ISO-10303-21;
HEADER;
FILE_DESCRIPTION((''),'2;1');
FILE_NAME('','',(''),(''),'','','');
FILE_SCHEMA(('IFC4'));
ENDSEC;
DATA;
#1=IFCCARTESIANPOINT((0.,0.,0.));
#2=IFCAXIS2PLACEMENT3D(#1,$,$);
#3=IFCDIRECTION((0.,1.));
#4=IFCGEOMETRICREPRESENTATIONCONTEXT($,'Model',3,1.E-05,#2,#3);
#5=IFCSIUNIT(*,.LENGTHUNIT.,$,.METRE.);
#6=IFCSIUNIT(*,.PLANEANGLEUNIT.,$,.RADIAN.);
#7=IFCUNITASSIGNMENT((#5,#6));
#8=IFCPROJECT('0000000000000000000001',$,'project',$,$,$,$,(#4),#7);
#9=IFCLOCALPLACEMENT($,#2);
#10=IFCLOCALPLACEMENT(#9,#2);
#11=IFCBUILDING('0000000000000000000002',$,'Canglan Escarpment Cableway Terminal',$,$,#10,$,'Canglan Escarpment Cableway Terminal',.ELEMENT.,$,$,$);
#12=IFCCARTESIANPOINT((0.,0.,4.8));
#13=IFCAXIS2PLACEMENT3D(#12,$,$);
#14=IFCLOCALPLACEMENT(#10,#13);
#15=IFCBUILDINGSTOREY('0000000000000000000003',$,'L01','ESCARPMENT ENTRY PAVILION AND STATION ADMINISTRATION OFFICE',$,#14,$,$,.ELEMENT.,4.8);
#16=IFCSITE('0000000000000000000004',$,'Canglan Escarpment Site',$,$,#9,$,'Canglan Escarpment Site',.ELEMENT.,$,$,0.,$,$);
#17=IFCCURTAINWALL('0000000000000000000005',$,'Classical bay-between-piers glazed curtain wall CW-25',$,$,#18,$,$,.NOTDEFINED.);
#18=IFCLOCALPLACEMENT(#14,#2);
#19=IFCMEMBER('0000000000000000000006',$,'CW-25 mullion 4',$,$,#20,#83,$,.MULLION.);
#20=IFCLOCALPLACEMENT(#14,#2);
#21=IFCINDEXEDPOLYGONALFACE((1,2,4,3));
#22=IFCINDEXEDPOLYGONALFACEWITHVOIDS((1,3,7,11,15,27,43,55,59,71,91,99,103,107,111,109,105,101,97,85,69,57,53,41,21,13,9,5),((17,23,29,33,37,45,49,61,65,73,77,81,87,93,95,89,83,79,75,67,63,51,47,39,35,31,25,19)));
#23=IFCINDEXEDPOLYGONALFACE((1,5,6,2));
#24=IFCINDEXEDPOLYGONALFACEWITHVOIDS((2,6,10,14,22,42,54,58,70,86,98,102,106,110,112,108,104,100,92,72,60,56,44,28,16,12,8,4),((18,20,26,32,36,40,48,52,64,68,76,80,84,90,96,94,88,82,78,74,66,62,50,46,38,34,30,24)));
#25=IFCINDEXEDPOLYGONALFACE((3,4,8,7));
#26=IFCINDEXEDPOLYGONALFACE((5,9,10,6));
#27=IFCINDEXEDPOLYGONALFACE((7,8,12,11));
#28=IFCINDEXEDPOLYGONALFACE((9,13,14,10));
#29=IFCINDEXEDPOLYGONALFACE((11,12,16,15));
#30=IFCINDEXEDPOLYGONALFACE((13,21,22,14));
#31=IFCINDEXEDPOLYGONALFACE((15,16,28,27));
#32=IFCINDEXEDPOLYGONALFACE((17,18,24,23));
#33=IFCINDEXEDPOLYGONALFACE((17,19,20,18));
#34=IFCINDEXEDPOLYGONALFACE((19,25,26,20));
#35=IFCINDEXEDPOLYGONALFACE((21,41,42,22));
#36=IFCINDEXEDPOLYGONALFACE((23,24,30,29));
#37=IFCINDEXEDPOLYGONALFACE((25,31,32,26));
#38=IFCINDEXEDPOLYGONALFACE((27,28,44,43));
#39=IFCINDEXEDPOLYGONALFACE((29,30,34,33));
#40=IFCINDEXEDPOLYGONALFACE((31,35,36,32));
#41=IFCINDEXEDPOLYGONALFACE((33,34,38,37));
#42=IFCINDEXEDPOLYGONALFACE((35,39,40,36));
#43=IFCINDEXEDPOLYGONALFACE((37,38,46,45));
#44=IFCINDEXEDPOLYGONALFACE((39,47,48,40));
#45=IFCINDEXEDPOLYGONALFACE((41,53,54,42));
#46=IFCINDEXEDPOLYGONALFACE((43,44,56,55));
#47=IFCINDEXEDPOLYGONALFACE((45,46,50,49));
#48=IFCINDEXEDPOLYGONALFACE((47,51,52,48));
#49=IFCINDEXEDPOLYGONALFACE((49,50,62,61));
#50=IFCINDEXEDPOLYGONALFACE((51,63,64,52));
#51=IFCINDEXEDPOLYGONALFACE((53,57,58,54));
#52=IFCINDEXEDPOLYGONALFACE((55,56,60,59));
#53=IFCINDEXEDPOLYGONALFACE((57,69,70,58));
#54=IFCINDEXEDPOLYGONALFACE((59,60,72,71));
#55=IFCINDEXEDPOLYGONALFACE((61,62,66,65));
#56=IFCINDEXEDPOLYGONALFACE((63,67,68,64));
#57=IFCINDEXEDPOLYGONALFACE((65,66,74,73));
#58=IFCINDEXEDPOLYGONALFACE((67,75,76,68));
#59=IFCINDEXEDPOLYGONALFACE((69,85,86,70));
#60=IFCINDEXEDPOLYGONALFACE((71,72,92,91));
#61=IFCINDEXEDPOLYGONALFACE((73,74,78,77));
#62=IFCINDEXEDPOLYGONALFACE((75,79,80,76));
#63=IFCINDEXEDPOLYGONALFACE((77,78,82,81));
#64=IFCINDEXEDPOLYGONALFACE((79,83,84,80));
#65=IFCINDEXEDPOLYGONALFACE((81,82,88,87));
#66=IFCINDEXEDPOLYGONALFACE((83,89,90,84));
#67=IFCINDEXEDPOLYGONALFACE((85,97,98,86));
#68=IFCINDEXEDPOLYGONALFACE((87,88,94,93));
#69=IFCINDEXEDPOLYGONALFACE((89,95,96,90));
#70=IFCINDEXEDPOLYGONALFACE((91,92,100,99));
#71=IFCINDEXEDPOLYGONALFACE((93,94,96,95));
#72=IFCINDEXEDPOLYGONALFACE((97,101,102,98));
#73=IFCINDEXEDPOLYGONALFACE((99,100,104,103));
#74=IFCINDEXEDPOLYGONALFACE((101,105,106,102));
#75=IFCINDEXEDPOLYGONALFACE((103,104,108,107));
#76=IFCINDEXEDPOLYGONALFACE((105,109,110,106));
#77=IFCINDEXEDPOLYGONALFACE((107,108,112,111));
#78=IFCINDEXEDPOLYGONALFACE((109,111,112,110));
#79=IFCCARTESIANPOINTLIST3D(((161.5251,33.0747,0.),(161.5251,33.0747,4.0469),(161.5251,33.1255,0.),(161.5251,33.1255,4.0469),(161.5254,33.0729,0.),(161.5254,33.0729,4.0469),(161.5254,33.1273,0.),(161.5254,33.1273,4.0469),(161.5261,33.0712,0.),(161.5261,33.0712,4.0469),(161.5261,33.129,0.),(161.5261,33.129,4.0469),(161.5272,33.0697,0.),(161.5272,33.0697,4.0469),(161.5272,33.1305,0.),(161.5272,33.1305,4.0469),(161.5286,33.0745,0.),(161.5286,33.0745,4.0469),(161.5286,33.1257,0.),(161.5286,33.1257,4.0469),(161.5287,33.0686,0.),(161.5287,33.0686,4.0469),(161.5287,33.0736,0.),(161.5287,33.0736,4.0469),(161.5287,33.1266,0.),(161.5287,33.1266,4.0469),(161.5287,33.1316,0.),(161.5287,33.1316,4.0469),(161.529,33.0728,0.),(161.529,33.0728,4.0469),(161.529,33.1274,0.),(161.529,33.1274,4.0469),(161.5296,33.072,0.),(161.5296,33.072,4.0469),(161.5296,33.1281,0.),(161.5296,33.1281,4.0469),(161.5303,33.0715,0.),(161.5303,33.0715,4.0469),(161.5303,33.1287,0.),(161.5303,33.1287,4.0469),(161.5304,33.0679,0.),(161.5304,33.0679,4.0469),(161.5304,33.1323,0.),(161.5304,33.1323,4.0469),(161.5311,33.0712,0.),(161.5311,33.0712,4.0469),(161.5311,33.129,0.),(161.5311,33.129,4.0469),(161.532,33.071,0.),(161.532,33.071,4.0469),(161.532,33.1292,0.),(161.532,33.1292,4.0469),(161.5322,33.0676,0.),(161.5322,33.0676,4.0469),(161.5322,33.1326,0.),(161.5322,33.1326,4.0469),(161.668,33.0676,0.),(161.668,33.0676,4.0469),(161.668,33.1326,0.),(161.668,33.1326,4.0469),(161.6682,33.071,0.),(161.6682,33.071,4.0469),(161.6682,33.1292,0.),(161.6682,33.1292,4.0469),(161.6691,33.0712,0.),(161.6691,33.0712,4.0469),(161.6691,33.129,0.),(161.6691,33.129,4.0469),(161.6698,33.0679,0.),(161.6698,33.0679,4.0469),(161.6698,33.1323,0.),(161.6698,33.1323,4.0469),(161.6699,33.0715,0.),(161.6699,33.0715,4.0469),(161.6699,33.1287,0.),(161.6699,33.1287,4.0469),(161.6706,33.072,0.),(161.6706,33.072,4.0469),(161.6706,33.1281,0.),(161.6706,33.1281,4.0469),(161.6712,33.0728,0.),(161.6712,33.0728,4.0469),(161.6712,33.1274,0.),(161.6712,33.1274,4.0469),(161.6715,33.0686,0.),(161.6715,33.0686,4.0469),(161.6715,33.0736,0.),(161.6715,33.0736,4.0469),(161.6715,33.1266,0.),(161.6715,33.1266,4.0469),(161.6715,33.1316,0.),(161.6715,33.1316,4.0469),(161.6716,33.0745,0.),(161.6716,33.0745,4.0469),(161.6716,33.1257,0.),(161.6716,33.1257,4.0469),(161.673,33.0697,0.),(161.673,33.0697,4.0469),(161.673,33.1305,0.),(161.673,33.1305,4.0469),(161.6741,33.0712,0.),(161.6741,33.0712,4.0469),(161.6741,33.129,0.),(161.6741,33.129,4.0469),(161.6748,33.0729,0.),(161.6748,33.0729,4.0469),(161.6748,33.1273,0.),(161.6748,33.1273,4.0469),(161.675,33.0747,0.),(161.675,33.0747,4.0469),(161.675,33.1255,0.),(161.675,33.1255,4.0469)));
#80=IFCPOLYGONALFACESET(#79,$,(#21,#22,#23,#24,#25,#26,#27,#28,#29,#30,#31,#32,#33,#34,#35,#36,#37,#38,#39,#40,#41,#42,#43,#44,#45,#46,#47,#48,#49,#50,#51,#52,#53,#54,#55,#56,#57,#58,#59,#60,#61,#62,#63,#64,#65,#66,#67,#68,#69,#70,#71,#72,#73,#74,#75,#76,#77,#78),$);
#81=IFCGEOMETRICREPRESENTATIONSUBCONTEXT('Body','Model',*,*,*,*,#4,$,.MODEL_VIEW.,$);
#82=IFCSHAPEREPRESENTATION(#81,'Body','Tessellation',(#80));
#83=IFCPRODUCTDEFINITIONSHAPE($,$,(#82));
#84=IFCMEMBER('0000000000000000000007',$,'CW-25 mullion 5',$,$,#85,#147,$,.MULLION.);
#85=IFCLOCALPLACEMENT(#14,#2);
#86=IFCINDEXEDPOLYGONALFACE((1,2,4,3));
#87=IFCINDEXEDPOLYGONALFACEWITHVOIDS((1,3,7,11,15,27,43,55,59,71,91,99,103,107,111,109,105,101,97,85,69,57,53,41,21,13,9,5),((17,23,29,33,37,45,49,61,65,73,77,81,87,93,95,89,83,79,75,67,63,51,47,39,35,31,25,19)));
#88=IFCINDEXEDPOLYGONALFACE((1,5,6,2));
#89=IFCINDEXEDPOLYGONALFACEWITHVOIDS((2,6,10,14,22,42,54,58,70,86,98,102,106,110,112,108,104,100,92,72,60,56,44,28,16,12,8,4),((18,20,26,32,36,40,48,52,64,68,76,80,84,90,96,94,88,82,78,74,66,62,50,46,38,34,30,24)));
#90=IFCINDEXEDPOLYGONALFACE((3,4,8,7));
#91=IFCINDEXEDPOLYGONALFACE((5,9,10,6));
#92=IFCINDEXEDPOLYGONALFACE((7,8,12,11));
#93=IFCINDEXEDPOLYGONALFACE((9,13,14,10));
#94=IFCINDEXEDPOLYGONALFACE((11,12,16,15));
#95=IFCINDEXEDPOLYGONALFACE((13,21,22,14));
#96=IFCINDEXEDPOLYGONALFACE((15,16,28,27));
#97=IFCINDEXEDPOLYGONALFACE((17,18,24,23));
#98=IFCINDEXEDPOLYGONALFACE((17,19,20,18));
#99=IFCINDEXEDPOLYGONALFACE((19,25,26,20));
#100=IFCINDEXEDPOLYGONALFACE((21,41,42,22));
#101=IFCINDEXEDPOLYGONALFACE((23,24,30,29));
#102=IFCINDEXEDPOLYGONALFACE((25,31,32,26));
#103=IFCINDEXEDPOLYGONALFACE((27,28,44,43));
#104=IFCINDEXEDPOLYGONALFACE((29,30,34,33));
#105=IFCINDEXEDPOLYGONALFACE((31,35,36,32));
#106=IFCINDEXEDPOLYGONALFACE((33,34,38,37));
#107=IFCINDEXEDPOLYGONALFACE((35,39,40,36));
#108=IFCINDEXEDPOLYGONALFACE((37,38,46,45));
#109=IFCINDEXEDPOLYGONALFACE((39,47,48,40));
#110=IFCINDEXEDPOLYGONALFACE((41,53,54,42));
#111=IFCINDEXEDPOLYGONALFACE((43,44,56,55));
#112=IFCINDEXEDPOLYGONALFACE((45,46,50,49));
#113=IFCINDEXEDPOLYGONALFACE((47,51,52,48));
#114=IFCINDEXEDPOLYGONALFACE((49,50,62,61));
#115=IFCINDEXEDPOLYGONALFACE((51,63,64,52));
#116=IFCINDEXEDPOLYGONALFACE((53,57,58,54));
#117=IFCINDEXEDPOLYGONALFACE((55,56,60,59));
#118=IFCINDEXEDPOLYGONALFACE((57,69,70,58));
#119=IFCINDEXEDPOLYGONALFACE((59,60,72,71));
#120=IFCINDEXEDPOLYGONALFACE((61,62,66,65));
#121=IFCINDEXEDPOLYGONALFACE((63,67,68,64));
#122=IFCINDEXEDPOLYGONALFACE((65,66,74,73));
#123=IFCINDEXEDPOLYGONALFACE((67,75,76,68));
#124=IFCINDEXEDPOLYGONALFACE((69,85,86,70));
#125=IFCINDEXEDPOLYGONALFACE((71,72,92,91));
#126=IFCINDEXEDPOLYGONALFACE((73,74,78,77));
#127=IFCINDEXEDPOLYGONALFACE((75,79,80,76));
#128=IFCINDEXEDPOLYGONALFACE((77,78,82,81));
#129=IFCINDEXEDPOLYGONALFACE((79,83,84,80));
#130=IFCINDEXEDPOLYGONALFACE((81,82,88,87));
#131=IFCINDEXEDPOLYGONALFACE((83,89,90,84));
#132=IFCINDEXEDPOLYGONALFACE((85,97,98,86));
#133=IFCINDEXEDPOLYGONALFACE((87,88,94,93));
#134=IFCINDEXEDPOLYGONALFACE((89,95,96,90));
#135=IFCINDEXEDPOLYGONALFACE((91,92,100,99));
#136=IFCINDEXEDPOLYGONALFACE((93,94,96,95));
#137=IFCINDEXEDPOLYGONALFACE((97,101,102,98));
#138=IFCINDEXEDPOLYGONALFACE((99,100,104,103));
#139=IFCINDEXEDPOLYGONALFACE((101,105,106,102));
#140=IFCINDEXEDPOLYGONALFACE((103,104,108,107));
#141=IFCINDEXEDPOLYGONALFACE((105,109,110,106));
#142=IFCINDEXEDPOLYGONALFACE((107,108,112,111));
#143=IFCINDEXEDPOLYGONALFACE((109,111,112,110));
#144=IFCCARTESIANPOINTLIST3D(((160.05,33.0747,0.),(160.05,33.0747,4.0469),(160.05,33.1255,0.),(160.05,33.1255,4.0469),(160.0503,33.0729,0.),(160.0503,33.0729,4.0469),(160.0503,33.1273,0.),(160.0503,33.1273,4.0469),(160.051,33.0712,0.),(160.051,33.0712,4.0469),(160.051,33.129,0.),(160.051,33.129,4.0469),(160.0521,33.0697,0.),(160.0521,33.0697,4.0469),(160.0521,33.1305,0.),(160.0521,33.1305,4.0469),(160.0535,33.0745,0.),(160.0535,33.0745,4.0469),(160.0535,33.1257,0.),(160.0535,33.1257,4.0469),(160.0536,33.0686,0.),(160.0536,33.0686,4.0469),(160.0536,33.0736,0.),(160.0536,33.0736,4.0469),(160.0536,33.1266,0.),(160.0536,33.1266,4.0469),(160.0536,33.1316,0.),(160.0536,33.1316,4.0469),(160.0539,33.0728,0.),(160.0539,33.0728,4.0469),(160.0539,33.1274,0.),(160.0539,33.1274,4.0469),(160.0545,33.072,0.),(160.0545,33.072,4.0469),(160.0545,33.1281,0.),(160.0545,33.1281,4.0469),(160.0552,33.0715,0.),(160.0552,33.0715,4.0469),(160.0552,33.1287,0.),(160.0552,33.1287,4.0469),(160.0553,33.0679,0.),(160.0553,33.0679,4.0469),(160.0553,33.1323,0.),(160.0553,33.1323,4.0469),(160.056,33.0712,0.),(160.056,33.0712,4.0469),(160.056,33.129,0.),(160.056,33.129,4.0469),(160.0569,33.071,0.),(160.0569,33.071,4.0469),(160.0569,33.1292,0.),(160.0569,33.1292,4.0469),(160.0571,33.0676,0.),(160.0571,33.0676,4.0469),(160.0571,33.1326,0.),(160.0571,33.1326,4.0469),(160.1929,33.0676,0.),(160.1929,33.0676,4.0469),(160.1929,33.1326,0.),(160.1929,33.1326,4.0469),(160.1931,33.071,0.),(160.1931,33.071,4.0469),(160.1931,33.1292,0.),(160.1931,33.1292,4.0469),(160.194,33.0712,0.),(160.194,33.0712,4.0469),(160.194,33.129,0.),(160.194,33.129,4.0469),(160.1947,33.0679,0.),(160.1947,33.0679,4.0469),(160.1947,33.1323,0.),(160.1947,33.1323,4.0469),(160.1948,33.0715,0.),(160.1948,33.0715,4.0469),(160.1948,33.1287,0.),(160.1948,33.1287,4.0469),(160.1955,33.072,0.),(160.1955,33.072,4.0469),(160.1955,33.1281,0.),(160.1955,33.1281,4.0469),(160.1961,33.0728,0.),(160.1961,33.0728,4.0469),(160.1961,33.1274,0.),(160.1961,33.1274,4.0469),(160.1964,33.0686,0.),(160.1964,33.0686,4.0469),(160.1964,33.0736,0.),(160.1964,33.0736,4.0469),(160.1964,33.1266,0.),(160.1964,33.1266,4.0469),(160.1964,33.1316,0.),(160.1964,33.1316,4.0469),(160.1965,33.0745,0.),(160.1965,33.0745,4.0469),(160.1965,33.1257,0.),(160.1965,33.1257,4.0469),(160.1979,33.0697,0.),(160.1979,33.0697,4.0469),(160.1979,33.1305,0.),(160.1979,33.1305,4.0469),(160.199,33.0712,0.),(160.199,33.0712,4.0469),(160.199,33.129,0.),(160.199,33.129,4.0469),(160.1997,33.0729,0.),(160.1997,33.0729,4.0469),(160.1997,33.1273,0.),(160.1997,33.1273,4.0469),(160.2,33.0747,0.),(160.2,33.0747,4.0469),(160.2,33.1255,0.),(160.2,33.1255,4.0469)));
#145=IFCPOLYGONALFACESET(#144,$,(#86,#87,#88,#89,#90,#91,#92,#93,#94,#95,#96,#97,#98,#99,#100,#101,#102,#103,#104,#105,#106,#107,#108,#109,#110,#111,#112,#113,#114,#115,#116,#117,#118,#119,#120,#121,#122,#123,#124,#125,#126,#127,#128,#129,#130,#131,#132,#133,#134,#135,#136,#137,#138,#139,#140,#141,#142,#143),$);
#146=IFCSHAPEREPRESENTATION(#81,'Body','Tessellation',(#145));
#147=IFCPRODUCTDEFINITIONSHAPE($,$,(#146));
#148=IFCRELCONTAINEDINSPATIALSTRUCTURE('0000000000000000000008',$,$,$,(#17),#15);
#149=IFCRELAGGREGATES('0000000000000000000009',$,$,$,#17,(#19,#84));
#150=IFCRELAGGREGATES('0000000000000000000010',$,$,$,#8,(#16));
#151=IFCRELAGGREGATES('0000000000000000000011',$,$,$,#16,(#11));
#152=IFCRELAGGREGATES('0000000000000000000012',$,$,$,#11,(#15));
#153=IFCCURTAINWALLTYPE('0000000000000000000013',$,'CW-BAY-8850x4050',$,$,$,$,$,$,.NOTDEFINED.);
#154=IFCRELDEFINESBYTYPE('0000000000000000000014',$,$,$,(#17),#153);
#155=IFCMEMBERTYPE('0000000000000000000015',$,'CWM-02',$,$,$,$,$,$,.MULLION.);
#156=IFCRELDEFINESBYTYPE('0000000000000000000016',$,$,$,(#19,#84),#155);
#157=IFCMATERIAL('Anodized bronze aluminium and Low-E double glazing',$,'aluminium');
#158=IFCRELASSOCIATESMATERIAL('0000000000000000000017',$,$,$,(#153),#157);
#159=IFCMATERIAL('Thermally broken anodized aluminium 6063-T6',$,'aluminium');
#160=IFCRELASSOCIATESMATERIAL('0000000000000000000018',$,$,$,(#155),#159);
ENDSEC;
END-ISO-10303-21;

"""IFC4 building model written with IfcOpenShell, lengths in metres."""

from ifc_helpers import new_model, si_unit, direction, frame, origin, origin_2d, place, context, subcontext, project, spatial, hollow_rectangle, extrude, material, material_profile, profile_set, type_object, element, aggregate, save


model = new_model("IFC4")

# Units and contexts
model_context = context("Model", 3, precision=1e-05, world=origin(), true_north=direction((0.0, 1.0)))
body_context = subcontext(model_context, "Body", "Model", "MODEL_VIEW")
ifc_project = project(units=[si_unit("LENGTHUNIT", "METRE"), si_unit("PLANEANGLEUNIT", "RADIAN")], contexts=[model_context])

# Site, building, storey
site_placement = place(None, origin())
site = spatial("IfcSite", under=ifc_project, at=site_placement, Name="Canglan Escarpment Site", LongName="Canglan Escarpment Site", CompositionType="ELEMENT", RefElevation=0.0)
building_placement = place(site_placement, origin())
building = spatial("IfcBuilding", under=site, at=building_placement, Name="Canglan Escarpment Cableway Terminal", LongName="Canglan Escarpment Cableway Terminal", CompositionType="ELEMENT")
storey_placement = place(building_placement, frame((0.0, 0.0, 4.8)))
storey = spatial("IfcBuildingStorey", under=building, at=storey_placement, Name="L01", Description="ESCARPMENT ENTRY PAVILION AND STATION ADMINISTRATION OFFICE", CompositionType="ELEMENT", Elevation=4.8)

# Curtain wall, members
ifc_material_1 = material(Name="Anodized bronze aluminium and Low-E double glazing", Category="aluminium")
curtain_wall_type = type_object("IfcCurtainWallType", Name="CW-BAY-8850x4050", PredefinedType="NOTDEFINED", material=ifc_material_1)
curtain_wall_placement = place(storey_placement, origin())
curtain_wall = element("IfcCurtainWall", 1, at=curtain_wall_placement, inside=storey, type_object=curtain_wall_type, Name="Classical bay-between-piers glazed curtain wall CW-25", PredefinedType="NOTDEFINED")
ifc_material_2 = material(Name="Thermally broken anodized aluminium 6063-T6", Category="aluminium")
ifc_material_profile_1 = material_profile(ifc_material_2, hollow_rectangle(XDim=0.0649, YDim=0.1499, WallThickness=0.0034, InnerFilletRadius=0.0034, OuterFilletRadius=0.0071, at=origin_2d()), Name="ALU-MULL 65x150x3.5")
ifc_profile_set_1 = profile_set([ifc_material_profile_1], Name="Thermally broken anodized aluminium 6063-T6")
member_type_1 = type_object("IfcMemberType", Name="CWM-02", PredefinedType="MULLION", material=ifc_profile_set_1)
member_1_placement = place(storey_placement, frame((161.6001, 33.1001, 0.0), z_axis=(0.0, 0.0, 1.0), x_axis=(0.0, -1.0, 0.0)))
member_1 = element("IfcMember", 2, at=member_1_placement, type_object=member_type_1, Name="CW-25 mullion 4", PredefinedType="MULLION", context=body_context, shape_type="SweptSolid", body=[
    extrude(hollow_rectangle(XDim=0.0649, YDim=0.1499, WallThickness=0.0034, InnerFilletRadius=0.0034, OuterFilletRadius=0.0071, at=origin_2d()), origin(), (0.0, 0.0, 1.0), 4.0469),
])
member_2_placement = place(storey_placement, frame((160.125, 33.1001, 0.0), z_axis=(0.0, 0.0, 1.0), x_axis=(0.0, -1.0, 0.0)))
member_2 = element("IfcMember", 3, at=member_2_placement, type_object=member_type_1, Name="CW-25 mullion 5", PredefinedType="MULLION", context=body_context, shape_type="SweptSolid", body=[
    extrude(hollow_rectangle(XDim=0.0649, YDim=0.1499, WallThickness=0.0034, InnerFilletRadius=0.0034, OuterFilletRadius=0.0071, at=origin_2d()), origin(), (0.0, 0.0, 1.0), 4.0469),
])
aggregate(curtain_wall, [member_1, member_2])

save(model, "model.ifc")
